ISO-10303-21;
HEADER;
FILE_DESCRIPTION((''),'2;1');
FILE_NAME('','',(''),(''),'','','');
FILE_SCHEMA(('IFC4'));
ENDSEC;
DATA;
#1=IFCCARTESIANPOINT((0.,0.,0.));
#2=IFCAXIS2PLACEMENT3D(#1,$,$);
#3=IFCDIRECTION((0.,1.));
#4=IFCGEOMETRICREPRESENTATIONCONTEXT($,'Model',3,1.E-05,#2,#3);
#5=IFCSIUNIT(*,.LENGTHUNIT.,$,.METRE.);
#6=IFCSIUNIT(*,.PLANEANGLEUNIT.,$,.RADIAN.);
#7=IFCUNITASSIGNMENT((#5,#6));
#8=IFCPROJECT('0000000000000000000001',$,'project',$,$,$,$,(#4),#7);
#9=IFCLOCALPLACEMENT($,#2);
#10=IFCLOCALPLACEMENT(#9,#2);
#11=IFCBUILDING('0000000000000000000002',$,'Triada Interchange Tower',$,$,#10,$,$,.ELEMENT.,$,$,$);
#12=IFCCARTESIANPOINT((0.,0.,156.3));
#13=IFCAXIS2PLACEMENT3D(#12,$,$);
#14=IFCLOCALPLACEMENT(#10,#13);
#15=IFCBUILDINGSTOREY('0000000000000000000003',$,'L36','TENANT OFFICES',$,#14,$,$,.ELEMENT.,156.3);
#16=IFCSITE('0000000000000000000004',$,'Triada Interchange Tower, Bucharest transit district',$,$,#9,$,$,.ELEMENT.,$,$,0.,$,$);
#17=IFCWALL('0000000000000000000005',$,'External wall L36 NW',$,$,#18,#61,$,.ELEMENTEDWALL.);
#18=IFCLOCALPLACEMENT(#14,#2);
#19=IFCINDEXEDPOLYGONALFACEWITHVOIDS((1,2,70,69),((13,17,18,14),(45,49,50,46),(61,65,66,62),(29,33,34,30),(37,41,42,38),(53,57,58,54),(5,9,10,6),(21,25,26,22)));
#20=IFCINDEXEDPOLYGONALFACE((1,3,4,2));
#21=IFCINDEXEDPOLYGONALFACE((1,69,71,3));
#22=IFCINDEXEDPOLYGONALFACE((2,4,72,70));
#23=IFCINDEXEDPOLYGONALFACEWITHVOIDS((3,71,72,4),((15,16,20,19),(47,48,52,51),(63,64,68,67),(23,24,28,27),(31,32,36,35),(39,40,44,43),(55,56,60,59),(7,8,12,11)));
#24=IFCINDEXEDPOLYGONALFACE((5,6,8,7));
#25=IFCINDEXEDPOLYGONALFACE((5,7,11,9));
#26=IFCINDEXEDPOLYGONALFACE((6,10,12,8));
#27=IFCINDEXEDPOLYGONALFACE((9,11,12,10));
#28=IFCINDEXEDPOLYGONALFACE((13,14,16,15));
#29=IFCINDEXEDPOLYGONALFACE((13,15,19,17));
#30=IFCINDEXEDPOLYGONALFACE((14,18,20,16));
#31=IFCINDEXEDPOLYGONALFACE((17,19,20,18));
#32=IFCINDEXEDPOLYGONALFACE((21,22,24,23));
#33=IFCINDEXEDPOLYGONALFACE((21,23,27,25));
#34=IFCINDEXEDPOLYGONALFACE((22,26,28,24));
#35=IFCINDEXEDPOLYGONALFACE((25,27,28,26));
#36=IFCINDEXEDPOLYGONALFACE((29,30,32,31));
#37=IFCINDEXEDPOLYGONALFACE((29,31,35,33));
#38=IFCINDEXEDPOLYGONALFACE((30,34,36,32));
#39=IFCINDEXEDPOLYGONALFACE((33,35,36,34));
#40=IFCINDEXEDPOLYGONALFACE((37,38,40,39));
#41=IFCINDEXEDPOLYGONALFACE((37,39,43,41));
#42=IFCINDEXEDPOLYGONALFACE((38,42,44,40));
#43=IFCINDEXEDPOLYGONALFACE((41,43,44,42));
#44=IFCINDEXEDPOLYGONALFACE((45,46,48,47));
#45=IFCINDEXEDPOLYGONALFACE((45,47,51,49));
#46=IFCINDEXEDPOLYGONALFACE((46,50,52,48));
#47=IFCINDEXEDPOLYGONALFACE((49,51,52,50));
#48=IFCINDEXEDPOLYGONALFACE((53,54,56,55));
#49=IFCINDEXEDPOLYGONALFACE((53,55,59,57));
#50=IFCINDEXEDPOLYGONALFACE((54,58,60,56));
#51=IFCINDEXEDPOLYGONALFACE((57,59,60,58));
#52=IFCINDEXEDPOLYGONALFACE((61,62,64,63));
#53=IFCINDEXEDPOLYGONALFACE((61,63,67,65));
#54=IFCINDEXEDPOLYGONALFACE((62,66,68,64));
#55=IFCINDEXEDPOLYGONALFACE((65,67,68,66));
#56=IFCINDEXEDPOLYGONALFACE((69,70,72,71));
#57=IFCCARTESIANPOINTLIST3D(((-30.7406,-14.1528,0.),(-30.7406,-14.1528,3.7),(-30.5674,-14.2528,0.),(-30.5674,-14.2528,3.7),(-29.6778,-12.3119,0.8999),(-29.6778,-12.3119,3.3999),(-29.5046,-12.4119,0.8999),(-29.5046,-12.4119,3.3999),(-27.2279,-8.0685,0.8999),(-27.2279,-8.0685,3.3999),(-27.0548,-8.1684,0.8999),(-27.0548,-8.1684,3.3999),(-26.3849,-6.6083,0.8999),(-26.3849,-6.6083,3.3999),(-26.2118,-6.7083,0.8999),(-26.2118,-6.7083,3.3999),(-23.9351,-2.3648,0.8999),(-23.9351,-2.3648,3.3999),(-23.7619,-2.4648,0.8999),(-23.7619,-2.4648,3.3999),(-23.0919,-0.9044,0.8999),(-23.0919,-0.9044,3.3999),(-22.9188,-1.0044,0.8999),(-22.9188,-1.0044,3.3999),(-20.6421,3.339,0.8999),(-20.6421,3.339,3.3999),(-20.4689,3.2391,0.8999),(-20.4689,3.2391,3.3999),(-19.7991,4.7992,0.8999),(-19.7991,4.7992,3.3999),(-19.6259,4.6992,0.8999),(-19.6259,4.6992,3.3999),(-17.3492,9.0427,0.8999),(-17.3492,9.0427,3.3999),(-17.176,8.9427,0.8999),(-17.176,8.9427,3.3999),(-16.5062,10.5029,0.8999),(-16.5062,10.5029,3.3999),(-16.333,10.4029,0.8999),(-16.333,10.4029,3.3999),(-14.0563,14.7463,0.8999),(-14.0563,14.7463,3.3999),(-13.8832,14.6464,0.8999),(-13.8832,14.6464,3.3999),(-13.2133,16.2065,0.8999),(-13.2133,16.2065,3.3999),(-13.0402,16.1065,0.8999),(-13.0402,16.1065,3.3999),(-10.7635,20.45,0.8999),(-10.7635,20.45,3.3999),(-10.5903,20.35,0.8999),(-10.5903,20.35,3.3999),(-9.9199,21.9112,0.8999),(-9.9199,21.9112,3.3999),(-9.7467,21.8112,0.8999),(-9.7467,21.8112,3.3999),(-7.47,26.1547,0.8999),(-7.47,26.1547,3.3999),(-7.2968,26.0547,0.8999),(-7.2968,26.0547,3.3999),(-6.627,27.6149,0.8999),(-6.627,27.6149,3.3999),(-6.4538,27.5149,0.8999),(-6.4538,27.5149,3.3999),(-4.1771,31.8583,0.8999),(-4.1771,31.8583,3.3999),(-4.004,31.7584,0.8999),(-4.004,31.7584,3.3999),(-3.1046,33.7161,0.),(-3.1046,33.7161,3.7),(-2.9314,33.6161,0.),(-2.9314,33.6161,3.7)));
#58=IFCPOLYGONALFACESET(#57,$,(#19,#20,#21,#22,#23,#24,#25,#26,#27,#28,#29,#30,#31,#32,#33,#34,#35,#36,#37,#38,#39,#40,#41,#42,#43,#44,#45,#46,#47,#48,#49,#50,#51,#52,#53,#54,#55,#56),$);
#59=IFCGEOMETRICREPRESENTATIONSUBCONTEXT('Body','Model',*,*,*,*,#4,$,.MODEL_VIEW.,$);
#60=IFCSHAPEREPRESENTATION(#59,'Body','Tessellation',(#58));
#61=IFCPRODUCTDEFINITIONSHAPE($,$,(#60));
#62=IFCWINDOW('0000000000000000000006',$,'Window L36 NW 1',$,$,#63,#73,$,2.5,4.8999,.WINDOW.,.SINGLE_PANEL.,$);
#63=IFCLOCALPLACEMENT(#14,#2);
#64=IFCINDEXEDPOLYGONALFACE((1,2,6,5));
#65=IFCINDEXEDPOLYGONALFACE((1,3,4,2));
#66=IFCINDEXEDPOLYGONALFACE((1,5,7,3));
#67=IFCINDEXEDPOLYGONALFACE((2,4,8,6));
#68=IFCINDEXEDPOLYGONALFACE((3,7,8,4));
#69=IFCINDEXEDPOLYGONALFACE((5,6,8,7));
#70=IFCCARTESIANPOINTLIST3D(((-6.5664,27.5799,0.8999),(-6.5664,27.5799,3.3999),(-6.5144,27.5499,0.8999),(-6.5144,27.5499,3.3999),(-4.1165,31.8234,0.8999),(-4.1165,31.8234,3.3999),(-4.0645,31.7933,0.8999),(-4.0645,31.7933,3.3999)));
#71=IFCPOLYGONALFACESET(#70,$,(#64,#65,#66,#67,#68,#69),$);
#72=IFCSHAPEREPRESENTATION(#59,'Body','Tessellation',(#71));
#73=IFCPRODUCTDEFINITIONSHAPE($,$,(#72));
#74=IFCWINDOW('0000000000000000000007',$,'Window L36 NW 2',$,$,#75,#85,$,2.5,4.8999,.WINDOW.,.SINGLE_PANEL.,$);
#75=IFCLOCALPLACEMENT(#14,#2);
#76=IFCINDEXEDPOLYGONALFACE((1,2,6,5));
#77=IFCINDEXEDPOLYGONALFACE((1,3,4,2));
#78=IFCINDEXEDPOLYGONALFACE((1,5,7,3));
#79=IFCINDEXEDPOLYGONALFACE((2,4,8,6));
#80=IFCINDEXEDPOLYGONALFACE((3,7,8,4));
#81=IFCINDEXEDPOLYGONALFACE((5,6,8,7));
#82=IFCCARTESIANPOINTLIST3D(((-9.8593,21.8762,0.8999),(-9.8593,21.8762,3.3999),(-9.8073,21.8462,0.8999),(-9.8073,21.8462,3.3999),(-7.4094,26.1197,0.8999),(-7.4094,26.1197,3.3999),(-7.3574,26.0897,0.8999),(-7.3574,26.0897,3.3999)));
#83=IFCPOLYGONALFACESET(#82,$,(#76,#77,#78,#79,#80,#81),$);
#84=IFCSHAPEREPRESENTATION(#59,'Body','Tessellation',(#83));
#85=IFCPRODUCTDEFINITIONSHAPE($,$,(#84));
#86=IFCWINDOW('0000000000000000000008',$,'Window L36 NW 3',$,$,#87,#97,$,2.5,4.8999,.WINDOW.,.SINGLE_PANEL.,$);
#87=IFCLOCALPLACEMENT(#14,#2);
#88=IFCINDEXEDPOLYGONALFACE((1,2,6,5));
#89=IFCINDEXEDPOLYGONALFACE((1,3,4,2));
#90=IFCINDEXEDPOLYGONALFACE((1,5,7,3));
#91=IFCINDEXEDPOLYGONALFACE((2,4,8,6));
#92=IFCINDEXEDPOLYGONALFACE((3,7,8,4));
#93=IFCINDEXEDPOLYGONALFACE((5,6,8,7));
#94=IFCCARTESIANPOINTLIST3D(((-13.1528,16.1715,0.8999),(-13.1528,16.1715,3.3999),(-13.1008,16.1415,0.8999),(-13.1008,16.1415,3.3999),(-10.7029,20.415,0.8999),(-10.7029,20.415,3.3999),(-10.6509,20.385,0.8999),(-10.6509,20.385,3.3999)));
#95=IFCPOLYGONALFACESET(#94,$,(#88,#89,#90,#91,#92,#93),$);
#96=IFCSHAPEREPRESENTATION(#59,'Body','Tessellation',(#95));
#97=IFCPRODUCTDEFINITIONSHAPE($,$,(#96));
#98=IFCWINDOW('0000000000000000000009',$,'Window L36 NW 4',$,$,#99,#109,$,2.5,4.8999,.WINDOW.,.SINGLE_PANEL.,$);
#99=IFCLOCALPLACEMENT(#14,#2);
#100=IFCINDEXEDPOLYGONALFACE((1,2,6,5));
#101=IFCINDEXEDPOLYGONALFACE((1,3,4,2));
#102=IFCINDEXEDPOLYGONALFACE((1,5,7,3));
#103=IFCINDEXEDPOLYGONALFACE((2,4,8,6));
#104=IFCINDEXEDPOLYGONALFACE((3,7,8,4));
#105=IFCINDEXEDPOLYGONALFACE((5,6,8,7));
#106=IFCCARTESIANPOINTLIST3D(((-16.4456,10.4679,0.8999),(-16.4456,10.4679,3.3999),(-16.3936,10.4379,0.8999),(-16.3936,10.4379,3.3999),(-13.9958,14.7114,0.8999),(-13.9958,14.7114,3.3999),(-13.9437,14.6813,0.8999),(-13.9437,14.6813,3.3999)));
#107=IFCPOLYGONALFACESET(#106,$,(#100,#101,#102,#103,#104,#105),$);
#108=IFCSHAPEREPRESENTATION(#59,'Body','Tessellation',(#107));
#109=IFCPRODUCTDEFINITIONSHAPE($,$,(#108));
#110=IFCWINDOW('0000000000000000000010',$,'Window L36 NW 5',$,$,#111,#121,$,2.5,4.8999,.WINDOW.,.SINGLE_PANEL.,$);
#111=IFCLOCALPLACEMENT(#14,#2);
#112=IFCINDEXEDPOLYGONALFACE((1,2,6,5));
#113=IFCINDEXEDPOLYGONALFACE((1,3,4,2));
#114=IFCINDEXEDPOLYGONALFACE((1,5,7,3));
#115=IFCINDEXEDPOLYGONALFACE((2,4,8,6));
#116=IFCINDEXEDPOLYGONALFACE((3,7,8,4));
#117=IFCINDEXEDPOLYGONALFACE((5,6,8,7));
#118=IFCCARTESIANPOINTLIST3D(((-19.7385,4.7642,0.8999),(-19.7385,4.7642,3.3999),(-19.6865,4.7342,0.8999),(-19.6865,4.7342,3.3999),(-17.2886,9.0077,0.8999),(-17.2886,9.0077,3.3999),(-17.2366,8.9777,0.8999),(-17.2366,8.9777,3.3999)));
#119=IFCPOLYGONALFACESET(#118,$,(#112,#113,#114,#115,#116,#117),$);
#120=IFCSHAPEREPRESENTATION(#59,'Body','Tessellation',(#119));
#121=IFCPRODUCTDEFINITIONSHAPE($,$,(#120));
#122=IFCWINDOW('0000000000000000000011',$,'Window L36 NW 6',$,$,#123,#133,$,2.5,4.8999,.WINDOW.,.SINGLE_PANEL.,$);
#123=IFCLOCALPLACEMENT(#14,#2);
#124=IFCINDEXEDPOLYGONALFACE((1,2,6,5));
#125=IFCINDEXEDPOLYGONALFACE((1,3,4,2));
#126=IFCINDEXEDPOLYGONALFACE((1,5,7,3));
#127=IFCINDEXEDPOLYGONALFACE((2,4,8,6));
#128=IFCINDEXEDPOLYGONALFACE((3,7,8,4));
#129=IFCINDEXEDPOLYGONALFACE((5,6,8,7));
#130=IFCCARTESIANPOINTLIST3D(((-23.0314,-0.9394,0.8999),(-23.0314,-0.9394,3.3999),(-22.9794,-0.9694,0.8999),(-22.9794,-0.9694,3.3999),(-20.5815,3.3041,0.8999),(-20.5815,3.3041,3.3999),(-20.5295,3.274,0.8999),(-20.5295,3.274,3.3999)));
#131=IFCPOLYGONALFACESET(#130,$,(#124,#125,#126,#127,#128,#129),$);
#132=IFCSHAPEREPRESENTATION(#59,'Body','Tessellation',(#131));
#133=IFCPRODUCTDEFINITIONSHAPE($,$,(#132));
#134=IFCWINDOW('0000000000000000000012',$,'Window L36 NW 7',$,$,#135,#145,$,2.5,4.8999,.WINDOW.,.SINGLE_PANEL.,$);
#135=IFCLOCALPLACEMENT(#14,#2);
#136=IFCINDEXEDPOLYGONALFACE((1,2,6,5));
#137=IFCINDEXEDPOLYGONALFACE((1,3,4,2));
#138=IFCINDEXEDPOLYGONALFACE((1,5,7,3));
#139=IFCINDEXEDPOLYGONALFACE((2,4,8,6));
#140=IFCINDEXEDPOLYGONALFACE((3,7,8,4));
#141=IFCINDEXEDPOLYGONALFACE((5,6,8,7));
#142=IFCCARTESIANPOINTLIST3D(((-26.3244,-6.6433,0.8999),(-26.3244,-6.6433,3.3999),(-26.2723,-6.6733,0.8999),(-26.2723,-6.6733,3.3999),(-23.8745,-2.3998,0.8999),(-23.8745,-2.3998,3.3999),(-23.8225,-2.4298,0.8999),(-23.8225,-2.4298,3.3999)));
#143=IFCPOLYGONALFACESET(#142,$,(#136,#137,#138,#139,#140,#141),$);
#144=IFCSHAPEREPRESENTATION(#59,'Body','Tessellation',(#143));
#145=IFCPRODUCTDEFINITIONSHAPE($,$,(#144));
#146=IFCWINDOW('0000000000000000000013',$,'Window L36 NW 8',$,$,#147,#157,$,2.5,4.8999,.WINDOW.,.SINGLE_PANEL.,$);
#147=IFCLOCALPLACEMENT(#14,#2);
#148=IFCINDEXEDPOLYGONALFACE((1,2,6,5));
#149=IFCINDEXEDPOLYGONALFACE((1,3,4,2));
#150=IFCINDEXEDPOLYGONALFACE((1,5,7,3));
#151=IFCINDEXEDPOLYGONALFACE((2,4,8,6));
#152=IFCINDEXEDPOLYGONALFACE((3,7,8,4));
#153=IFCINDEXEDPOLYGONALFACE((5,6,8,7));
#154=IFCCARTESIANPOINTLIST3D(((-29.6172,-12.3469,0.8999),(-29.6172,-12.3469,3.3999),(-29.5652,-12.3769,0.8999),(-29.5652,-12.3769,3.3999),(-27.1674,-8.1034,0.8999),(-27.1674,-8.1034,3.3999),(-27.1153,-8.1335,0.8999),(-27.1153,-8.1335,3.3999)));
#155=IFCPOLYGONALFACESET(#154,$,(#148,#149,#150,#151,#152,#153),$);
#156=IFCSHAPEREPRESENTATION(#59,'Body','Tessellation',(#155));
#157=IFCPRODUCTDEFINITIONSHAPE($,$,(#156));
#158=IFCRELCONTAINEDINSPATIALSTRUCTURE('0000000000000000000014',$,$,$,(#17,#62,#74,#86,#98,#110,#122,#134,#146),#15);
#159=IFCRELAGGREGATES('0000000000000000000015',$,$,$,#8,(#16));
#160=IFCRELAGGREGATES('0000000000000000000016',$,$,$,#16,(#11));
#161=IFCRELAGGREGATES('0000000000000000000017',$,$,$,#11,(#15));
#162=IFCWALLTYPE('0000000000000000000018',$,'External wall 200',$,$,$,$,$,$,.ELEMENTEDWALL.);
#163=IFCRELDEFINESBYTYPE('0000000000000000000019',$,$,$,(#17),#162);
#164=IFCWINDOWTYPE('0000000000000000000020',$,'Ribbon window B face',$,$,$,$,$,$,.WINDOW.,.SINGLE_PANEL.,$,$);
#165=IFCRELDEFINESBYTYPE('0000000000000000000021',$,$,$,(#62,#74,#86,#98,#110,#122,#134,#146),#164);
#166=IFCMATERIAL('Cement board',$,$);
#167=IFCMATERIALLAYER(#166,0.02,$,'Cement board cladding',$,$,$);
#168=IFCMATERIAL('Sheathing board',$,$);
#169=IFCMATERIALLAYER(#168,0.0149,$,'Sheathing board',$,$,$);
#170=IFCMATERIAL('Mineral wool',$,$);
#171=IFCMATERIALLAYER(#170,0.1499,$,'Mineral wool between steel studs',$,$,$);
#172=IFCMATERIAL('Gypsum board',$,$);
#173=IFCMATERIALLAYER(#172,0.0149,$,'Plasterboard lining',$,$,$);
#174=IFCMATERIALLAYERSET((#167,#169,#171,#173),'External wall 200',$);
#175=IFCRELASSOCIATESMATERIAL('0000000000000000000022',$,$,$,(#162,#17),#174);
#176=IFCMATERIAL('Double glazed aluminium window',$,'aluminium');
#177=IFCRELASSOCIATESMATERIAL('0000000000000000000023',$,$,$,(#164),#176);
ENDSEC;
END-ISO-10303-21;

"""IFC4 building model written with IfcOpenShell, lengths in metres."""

from ifc_helpers import new_model, si_unit, direction, frame, frame_2d, origin, place, context, subcontext, project, spatial, rectangle, extrude, material, layer, layer_set, layer_usage, type_object, element, fill, save


model = new_model("IFC4")

# Units and contexts
model_context = context("Model", 3, precision=1e-05, world=origin(), true_north=direction((0.0, 1.0)))
body_context = subcontext(model_context, "Body", "Model", "MODEL_VIEW")
ifc_project = project(units=[si_unit("LENGTHUNIT", "METRE"), si_unit("PLANEANGLEUNIT", "RADIAN")], contexts=[model_context])

# Site, building, storey
site_placement = place(None, origin())
site = spatial("IfcSite", under=ifc_project, at=site_placement, Name="Triada Interchange Tower, Bucharest transit district", CompositionType="ELEMENT", RefElevation=0.0)
building_placement = place(site_placement, origin())
building = spatial("IfcBuilding", under=site, at=building_placement, Name="Triada Interchange Tower", CompositionType="ELEMENT")
storey_placement = place(building_placement, frame((0.0, 0.0, 156.3)))
storey = spatial("IfcBuildingStorey", under=building, at=storey_placement, Name="L36", Description="TENANT OFFICES", CompositionType="ELEMENT", Elevation=156.3)

# Wall, openings, windows
ifc_material_1 = material(Name="Cement board")
ifc_layer_1 = layer(ifc_material_1, 0.02, Name="Cement board cladding")
ifc_material_2 = material(Name="Sheathing board")
ifc_layer_2 = layer(ifc_material_2, 0.0149, Name="Sheathing board")
ifc_material_3 = material(Name="Mineral wool")
ifc_layer_3 = layer(ifc_material_3, 0.1499, Name="Mineral wool between steel studs")
ifc_material_4 = material(Name="Gypsum board")
ifc_layer_4 = layer(ifc_material_4, 0.0149, Name="Plasterboard lining")
ifc_layer_set_1 = layer_set([ifc_layer_1, ifc_layer_2, ifc_layer_3, ifc_layer_4], Name="External wall 200")
ifc_layer_usage = layer_usage(ifc_layer_set_1, "AXIS2", "POSITIVE", -0.1001)
wall_type_1 = type_object("IfcWallType", Name="External wall 200", PredefinedType="ELEMENTEDWALL", material=ifc_layer_set_1)
wall_1_placement = place(storey_placement, frame((-3.0181, 33.666, 0.0), z_axis=(0.0, 0.0, 1.0), x_axis=(-0.499985, -0.866034, 0.0)))
wall_1 = element("IfcWall", 1, at=wall_1_placement, inside=storey, type_object=wall_type_1, material=ifc_layer_usage, Name="External wall L36 NW", PredefinedType="ELEMENTEDWALL", context=body_context, shape_type="SweptSolid", body=[
    extrude(rectangle(XDim=55.2737, YDim=0.2, at=frame_2d((27.6367, 0.0))), origin(), (0.0, 0.0, 1.0), 3.7),
])
opening_1_placement = place(wall_1_placement, frame((2.145, 0.0, 0.8999)))
opening_1 = element("IfcOpeningElement", 2, at=opening_1_placement, cuts=wall_1, PredefinedType="OPENING", context=body_context, shape_type="SweptSolid", body=[
    extrude(rectangle(XDim=4.8999, YDim=2.5, at=frame_2d((2.45, 1.25))), frame((0.0, 0.1099, 0.0), z_axis=(0.0, -1.0, 0.0), x_axis=(1.0, 0.0, 0.0)), (0.0, 0.0, 1.0), 0.22),
])
opening_2_placement = place(wall_1_placement, frame((8.731, 0.0, 0.8999)))
opening_2 = element("IfcOpeningElement", 3, at=opening_2_placement, cuts=wall_1, PredefinedType="OPENING", context=body_context, shape_type="SweptSolid", body=[
    extrude(rectangle(XDim=4.8999, YDim=2.5, at=frame_2d((2.45, 1.25))), frame((0.0, 0.1099, 0.0), z_axis=(0.0, -1.0, 0.0), x_axis=(1.0, 0.0, 0.0)), (0.0, 0.0, 1.0), 0.22),
])
opening_3_placement = place(wall_1_placement, frame((15.3181, 0.0, 0.8999)))
opening_3 = element("IfcOpeningElement", 4, at=opening_3_placement, cuts=wall_1, PredefinedType="OPENING", context=body_context, shape_type="SweptSolid", body=[
    extrude(rectangle(XDim=4.8999, YDim=2.5, at=frame_2d((2.45, 1.25))), frame((0.0, 0.1099, 0.0), z_axis=(0.0, -1.0, 0.0), x_axis=(1.0, 0.0, 0.0)), (0.0, 0.0, 1.0), 0.22),
])
opening_4_placement = place(wall_1_placement, frame((21.9041, 0.0, 0.8999)))
opening_4 = element("IfcOpeningElement", 5, at=opening_4_placement, cuts=wall_1, PredefinedType="OPENING", context=body_context, shape_type="SweptSolid", body=[
    extrude(rectangle(XDim=4.8999, YDim=2.5, at=frame_2d((2.45, 1.25))), frame((0.0, 0.1099, 0.0), z_axis=(0.0, -1.0, 0.0), x_axis=(1.0, 0.0, 0.0)), (0.0, 0.0, 1.0), 0.22),
])
opening_5_placement = place(wall_1_placement, frame((28.49, 0.0, 0.8999)))
opening_5 = element("IfcOpeningElement", 6, at=opening_5_placement, cuts=wall_1, PredefinedType="OPENING", context=body_context, shape_type="SweptSolid", body=[
    extrude(rectangle(XDim=4.8999, YDim=2.5, at=frame_2d((2.45, 1.25))), frame((0.0, 0.1099, 0.0), z_axis=(0.0, -1.0, 0.0), x_axis=(1.0, 0.0, 0.0)), (0.0, 0.0, 1.0), 0.22),
])
opening_6_placement = place(wall_1_placement, frame((35.0759, 0.0, 0.8999)))
opening_6 = element("IfcOpeningElement", 7, at=opening_6_placement, cuts=wall_1, PredefinedType="OPENING", context=body_context, shape_type="SweptSolid", body=[
    extrude(rectangle(XDim=4.8999, YDim=2.5, at=frame_2d((2.45, 1.25))), frame((0.0, 0.1099, 0.0), z_axis=(0.0, -1.0, 0.0), x_axis=(1.0, 0.0, 0.0)), (0.0, 0.0, 1.0), 0.22),
])
opening_7_placement = place(wall_1_placement, frame((41.6621, 0.0, 0.8999)))
opening_7 = element("IfcOpeningElement", 8, at=opening_7_placement, cuts=wall_1, PredefinedType="OPENING", context=body_context, shape_type="SweptSolid", body=[
    extrude(rectangle(XDim=4.8999, YDim=2.5, at=frame_2d((2.45, 1.25))), frame((0.0, 0.1099, 0.0), z_axis=(0.0, -1.0, 0.0), x_axis=(1.0, 0.0, 0.0)), (0.0, 0.0, 1.0), 0.22),
])
opening_8_placement = place(wall_1_placement, frame((48.248, 0.0, 0.8999)))
opening_8 = element("IfcOpeningElement", 9, at=opening_8_placement, cuts=wall_1, PredefinedType="OPENING", context=body_context, shape_type="SweptSolid", body=[
    extrude(rectangle(XDim=4.8999, YDim=2.5, at=frame_2d((2.45, 1.25))), frame((0.0, 0.1099, 0.0), z_axis=(0.0, -1.0, 0.0), x_axis=(1.0, 0.0, 0.0)), (0.0, 0.0, 1.0), 0.22),
])
ifc_material_5 = material(Name="Double glazed aluminium window", Category="aluminium")
window_type = type_object("IfcWindowType", Name="Ribbon window B face", PartitioningType="SINGLE_PANEL", PredefinedType="WINDOW", material=ifc_material_5)
window_1_placement = place(opening_1_placement, origin())
window_1 = element("IfcWindow", 10, at=window_1_placement, inside=storey, type_object=window_type, Name="Window L36 NW 1", OverallHeight=2.5, OverallWidth=4.8999, PartitioningType="SINGLE_PANEL", PredefinedType="WINDOW", context=body_context, shape_type="SweptSolid", body=[
    extrude(rectangle(XDim=4.8999, YDim=2.5, at=frame_2d((2.45, 1.25))), frame((0.0, 0.03, 0.0), z_axis=(0.0, -1.0, 0.0), x_axis=(1.0, 0.0, 0.0)), (0.0, 0.0, 1.0), 0.0601),
])
fill(opening_1, window_1)
window_2_placement = place(opening_2_placement, origin())
window_2 = element("IfcWindow", 11, at=window_2_placement, inside=storey, type_object=window_type, Name="Window L36 NW 2", OverallHeight=2.5, OverallWidth=4.8999, PartitioningType="SINGLE_PANEL", PredefinedType="WINDOW", context=body_context, shape_type="SweptSolid", body=[
    extrude(rectangle(XDim=4.8999, YDim=2.5, at=frame_2d((2.45, 1.25))), frame((0.0, 0.03, 0.0), z_axis=(0.0, -1.0, 0.0), x_axis=(1.0, 0.0, 0.0)), (0.0, 0.0, 1.0), 0.0601),
])
fill(opening_2, window_2)
window_3_placement = place(opening_3_placement, origin())
window_3 = element("IfcWindow", 12, at=window_3_placement, inside=storey, type_object=window_type, Name="Window L36 NW 3", OverallHeight=2.5, OverallWidth=4.8999, PartitioningType="SINGLE_PANEL", PredefinedType="WINDOW", context=body_context, shape_type="SweptSolid", body=[
    extrude(rectangle(XDim=4.8999, YDim=2.5, at=frame_2d((2.45, 1.25))), frame((0.0, 0.03, 0.0), z_axis=(0.0, -1.0, 0.0), x_axis=(1.0, 0.0, 0.0)), (0.0, 0.0, 1.0), 0.0601),
])
fill(opening_3, window_3)
window_4_placement = place(opening_4_placement, origin())
window_4 = element("IfcWindow", 13, at=window_4_placement, inside=storey, type_object=window_type, Name="Window L36 NW 4", OverallHeight=2.5, OverallWidth=4.8999, PartitioningType="SINGLE_PANEL", PredefinedType="WINDOW", context=body_context, shape_type="SweptSolid", body=[
    extrude(rectangle(XDim=4.8999, YDim=2.5, at=frame_2d((2.45, 1.25))), frame((0.0, 0.03, 0.0), z_axis=(0.0, -1.0, 0.0), x_axis=(1.0, 0.0, 0.0)), (0.0, 0.0, 1.0), 0.0601),
])
fill(opening_4, window_4)
window_5_placement = place(opening_5_placement, origin())
window_5 = element("IfcWindow", 14, at=window_5_placement, inside=storey, type_object=window_type, Name="Window L36 NW 5", OverallHeight=2.5, OverallWidth=4.8999, PartitioningType="SINGLE_PANEL", PredefinedType="WINDOW", context=body_context, shape_type="SweptSolid", body=[
    extrude(rectangle(XDim=4.8999, YDim=2.5, at=frame_2d((2.45, 1.25))), frame((0.0, 0.03, 0.0), z_axis=(0.0, -1.0, 0.0), x_axis=(1.0, 0.0, 0.0)), (0.0, 0.0, 1.0), 0.0601),
])
fill(opening_5, window_5)
window_6_placement = place(opening_6_placement, origin())
window_6 = element("IfcWindow", 15, at=window_6_placement, inside=storey, type_object=window_type, Name="Window L36 NW 6", OverallHeight=2.5, OverallWidth=4.8999, PartitioningType="SINGLE_PANEL", PredefinedType="WINDOW", context=body_context, shape_type="SweptSolid", body=[
    extrude(rectangle(XDim=4.8999, YDim=2.5, at=frame_2d((2.45, 1.25))), frame((0.0, 0.03, 0.0), z_axis=(0.0, -1.0, 0.0), x_axis=(1.0, 0.0, 0.0)), (0.0, 0.0, 1.0), 0.0601),
])
fill(opening_6, window_6)
window_7_placement = place(opening_7_placement, origin())
window_7 = element("IfcWindow", 16, at=window_7_placement, inside=storey, type_object=window_type, Name="Window L36 NW 7", OverallHeight=2.5, OverallWidth=4.8999, PartitioningType="SINGLE_PANEL", PredefinedType="WINDOW", context=body_context, shape_type="SweptSolid", body=[
    extrude(rectangle(XDim=4.8999, YDim=2.5, at=frame_2d((2.45, 1.25))), frame((0.0, 0.03, 0.0), z_axis=(0.0, -1.0, 0.0), x_axis=(1.0, 0.0, 0.0)), (0.0, 0.0, 1.0), 0.0601),
])
fill(opening_7, window_7)
window_8_placement = place(opening_8_placement, origin())
window_8 = element("IfcWindow", 17, at=window_8_placement, inside=storey, type_object=window_type, Name="Window L36 NW 8", OverallHeight=2.5, OverallWidth=4.8999, PartitioningType="SINGLE_PANEL", PredefinedType="WINDOW", context=body_context, shape_type="SweptSolid", body=[
    extrude(rectangle(XDim=4.8999, YDim=2.5, at=frame_2d((2.45, 1.25))), frame((0.0, 0.03, 0.0), z_axis=(0.0, -1.0, 0.0), x_axis=(1.0, 0.0, 0.0)), (0.0, 0.0, 1.0), 0.0601),
])
fill(opening_8, window_8)

save(model, "model.ifc")
